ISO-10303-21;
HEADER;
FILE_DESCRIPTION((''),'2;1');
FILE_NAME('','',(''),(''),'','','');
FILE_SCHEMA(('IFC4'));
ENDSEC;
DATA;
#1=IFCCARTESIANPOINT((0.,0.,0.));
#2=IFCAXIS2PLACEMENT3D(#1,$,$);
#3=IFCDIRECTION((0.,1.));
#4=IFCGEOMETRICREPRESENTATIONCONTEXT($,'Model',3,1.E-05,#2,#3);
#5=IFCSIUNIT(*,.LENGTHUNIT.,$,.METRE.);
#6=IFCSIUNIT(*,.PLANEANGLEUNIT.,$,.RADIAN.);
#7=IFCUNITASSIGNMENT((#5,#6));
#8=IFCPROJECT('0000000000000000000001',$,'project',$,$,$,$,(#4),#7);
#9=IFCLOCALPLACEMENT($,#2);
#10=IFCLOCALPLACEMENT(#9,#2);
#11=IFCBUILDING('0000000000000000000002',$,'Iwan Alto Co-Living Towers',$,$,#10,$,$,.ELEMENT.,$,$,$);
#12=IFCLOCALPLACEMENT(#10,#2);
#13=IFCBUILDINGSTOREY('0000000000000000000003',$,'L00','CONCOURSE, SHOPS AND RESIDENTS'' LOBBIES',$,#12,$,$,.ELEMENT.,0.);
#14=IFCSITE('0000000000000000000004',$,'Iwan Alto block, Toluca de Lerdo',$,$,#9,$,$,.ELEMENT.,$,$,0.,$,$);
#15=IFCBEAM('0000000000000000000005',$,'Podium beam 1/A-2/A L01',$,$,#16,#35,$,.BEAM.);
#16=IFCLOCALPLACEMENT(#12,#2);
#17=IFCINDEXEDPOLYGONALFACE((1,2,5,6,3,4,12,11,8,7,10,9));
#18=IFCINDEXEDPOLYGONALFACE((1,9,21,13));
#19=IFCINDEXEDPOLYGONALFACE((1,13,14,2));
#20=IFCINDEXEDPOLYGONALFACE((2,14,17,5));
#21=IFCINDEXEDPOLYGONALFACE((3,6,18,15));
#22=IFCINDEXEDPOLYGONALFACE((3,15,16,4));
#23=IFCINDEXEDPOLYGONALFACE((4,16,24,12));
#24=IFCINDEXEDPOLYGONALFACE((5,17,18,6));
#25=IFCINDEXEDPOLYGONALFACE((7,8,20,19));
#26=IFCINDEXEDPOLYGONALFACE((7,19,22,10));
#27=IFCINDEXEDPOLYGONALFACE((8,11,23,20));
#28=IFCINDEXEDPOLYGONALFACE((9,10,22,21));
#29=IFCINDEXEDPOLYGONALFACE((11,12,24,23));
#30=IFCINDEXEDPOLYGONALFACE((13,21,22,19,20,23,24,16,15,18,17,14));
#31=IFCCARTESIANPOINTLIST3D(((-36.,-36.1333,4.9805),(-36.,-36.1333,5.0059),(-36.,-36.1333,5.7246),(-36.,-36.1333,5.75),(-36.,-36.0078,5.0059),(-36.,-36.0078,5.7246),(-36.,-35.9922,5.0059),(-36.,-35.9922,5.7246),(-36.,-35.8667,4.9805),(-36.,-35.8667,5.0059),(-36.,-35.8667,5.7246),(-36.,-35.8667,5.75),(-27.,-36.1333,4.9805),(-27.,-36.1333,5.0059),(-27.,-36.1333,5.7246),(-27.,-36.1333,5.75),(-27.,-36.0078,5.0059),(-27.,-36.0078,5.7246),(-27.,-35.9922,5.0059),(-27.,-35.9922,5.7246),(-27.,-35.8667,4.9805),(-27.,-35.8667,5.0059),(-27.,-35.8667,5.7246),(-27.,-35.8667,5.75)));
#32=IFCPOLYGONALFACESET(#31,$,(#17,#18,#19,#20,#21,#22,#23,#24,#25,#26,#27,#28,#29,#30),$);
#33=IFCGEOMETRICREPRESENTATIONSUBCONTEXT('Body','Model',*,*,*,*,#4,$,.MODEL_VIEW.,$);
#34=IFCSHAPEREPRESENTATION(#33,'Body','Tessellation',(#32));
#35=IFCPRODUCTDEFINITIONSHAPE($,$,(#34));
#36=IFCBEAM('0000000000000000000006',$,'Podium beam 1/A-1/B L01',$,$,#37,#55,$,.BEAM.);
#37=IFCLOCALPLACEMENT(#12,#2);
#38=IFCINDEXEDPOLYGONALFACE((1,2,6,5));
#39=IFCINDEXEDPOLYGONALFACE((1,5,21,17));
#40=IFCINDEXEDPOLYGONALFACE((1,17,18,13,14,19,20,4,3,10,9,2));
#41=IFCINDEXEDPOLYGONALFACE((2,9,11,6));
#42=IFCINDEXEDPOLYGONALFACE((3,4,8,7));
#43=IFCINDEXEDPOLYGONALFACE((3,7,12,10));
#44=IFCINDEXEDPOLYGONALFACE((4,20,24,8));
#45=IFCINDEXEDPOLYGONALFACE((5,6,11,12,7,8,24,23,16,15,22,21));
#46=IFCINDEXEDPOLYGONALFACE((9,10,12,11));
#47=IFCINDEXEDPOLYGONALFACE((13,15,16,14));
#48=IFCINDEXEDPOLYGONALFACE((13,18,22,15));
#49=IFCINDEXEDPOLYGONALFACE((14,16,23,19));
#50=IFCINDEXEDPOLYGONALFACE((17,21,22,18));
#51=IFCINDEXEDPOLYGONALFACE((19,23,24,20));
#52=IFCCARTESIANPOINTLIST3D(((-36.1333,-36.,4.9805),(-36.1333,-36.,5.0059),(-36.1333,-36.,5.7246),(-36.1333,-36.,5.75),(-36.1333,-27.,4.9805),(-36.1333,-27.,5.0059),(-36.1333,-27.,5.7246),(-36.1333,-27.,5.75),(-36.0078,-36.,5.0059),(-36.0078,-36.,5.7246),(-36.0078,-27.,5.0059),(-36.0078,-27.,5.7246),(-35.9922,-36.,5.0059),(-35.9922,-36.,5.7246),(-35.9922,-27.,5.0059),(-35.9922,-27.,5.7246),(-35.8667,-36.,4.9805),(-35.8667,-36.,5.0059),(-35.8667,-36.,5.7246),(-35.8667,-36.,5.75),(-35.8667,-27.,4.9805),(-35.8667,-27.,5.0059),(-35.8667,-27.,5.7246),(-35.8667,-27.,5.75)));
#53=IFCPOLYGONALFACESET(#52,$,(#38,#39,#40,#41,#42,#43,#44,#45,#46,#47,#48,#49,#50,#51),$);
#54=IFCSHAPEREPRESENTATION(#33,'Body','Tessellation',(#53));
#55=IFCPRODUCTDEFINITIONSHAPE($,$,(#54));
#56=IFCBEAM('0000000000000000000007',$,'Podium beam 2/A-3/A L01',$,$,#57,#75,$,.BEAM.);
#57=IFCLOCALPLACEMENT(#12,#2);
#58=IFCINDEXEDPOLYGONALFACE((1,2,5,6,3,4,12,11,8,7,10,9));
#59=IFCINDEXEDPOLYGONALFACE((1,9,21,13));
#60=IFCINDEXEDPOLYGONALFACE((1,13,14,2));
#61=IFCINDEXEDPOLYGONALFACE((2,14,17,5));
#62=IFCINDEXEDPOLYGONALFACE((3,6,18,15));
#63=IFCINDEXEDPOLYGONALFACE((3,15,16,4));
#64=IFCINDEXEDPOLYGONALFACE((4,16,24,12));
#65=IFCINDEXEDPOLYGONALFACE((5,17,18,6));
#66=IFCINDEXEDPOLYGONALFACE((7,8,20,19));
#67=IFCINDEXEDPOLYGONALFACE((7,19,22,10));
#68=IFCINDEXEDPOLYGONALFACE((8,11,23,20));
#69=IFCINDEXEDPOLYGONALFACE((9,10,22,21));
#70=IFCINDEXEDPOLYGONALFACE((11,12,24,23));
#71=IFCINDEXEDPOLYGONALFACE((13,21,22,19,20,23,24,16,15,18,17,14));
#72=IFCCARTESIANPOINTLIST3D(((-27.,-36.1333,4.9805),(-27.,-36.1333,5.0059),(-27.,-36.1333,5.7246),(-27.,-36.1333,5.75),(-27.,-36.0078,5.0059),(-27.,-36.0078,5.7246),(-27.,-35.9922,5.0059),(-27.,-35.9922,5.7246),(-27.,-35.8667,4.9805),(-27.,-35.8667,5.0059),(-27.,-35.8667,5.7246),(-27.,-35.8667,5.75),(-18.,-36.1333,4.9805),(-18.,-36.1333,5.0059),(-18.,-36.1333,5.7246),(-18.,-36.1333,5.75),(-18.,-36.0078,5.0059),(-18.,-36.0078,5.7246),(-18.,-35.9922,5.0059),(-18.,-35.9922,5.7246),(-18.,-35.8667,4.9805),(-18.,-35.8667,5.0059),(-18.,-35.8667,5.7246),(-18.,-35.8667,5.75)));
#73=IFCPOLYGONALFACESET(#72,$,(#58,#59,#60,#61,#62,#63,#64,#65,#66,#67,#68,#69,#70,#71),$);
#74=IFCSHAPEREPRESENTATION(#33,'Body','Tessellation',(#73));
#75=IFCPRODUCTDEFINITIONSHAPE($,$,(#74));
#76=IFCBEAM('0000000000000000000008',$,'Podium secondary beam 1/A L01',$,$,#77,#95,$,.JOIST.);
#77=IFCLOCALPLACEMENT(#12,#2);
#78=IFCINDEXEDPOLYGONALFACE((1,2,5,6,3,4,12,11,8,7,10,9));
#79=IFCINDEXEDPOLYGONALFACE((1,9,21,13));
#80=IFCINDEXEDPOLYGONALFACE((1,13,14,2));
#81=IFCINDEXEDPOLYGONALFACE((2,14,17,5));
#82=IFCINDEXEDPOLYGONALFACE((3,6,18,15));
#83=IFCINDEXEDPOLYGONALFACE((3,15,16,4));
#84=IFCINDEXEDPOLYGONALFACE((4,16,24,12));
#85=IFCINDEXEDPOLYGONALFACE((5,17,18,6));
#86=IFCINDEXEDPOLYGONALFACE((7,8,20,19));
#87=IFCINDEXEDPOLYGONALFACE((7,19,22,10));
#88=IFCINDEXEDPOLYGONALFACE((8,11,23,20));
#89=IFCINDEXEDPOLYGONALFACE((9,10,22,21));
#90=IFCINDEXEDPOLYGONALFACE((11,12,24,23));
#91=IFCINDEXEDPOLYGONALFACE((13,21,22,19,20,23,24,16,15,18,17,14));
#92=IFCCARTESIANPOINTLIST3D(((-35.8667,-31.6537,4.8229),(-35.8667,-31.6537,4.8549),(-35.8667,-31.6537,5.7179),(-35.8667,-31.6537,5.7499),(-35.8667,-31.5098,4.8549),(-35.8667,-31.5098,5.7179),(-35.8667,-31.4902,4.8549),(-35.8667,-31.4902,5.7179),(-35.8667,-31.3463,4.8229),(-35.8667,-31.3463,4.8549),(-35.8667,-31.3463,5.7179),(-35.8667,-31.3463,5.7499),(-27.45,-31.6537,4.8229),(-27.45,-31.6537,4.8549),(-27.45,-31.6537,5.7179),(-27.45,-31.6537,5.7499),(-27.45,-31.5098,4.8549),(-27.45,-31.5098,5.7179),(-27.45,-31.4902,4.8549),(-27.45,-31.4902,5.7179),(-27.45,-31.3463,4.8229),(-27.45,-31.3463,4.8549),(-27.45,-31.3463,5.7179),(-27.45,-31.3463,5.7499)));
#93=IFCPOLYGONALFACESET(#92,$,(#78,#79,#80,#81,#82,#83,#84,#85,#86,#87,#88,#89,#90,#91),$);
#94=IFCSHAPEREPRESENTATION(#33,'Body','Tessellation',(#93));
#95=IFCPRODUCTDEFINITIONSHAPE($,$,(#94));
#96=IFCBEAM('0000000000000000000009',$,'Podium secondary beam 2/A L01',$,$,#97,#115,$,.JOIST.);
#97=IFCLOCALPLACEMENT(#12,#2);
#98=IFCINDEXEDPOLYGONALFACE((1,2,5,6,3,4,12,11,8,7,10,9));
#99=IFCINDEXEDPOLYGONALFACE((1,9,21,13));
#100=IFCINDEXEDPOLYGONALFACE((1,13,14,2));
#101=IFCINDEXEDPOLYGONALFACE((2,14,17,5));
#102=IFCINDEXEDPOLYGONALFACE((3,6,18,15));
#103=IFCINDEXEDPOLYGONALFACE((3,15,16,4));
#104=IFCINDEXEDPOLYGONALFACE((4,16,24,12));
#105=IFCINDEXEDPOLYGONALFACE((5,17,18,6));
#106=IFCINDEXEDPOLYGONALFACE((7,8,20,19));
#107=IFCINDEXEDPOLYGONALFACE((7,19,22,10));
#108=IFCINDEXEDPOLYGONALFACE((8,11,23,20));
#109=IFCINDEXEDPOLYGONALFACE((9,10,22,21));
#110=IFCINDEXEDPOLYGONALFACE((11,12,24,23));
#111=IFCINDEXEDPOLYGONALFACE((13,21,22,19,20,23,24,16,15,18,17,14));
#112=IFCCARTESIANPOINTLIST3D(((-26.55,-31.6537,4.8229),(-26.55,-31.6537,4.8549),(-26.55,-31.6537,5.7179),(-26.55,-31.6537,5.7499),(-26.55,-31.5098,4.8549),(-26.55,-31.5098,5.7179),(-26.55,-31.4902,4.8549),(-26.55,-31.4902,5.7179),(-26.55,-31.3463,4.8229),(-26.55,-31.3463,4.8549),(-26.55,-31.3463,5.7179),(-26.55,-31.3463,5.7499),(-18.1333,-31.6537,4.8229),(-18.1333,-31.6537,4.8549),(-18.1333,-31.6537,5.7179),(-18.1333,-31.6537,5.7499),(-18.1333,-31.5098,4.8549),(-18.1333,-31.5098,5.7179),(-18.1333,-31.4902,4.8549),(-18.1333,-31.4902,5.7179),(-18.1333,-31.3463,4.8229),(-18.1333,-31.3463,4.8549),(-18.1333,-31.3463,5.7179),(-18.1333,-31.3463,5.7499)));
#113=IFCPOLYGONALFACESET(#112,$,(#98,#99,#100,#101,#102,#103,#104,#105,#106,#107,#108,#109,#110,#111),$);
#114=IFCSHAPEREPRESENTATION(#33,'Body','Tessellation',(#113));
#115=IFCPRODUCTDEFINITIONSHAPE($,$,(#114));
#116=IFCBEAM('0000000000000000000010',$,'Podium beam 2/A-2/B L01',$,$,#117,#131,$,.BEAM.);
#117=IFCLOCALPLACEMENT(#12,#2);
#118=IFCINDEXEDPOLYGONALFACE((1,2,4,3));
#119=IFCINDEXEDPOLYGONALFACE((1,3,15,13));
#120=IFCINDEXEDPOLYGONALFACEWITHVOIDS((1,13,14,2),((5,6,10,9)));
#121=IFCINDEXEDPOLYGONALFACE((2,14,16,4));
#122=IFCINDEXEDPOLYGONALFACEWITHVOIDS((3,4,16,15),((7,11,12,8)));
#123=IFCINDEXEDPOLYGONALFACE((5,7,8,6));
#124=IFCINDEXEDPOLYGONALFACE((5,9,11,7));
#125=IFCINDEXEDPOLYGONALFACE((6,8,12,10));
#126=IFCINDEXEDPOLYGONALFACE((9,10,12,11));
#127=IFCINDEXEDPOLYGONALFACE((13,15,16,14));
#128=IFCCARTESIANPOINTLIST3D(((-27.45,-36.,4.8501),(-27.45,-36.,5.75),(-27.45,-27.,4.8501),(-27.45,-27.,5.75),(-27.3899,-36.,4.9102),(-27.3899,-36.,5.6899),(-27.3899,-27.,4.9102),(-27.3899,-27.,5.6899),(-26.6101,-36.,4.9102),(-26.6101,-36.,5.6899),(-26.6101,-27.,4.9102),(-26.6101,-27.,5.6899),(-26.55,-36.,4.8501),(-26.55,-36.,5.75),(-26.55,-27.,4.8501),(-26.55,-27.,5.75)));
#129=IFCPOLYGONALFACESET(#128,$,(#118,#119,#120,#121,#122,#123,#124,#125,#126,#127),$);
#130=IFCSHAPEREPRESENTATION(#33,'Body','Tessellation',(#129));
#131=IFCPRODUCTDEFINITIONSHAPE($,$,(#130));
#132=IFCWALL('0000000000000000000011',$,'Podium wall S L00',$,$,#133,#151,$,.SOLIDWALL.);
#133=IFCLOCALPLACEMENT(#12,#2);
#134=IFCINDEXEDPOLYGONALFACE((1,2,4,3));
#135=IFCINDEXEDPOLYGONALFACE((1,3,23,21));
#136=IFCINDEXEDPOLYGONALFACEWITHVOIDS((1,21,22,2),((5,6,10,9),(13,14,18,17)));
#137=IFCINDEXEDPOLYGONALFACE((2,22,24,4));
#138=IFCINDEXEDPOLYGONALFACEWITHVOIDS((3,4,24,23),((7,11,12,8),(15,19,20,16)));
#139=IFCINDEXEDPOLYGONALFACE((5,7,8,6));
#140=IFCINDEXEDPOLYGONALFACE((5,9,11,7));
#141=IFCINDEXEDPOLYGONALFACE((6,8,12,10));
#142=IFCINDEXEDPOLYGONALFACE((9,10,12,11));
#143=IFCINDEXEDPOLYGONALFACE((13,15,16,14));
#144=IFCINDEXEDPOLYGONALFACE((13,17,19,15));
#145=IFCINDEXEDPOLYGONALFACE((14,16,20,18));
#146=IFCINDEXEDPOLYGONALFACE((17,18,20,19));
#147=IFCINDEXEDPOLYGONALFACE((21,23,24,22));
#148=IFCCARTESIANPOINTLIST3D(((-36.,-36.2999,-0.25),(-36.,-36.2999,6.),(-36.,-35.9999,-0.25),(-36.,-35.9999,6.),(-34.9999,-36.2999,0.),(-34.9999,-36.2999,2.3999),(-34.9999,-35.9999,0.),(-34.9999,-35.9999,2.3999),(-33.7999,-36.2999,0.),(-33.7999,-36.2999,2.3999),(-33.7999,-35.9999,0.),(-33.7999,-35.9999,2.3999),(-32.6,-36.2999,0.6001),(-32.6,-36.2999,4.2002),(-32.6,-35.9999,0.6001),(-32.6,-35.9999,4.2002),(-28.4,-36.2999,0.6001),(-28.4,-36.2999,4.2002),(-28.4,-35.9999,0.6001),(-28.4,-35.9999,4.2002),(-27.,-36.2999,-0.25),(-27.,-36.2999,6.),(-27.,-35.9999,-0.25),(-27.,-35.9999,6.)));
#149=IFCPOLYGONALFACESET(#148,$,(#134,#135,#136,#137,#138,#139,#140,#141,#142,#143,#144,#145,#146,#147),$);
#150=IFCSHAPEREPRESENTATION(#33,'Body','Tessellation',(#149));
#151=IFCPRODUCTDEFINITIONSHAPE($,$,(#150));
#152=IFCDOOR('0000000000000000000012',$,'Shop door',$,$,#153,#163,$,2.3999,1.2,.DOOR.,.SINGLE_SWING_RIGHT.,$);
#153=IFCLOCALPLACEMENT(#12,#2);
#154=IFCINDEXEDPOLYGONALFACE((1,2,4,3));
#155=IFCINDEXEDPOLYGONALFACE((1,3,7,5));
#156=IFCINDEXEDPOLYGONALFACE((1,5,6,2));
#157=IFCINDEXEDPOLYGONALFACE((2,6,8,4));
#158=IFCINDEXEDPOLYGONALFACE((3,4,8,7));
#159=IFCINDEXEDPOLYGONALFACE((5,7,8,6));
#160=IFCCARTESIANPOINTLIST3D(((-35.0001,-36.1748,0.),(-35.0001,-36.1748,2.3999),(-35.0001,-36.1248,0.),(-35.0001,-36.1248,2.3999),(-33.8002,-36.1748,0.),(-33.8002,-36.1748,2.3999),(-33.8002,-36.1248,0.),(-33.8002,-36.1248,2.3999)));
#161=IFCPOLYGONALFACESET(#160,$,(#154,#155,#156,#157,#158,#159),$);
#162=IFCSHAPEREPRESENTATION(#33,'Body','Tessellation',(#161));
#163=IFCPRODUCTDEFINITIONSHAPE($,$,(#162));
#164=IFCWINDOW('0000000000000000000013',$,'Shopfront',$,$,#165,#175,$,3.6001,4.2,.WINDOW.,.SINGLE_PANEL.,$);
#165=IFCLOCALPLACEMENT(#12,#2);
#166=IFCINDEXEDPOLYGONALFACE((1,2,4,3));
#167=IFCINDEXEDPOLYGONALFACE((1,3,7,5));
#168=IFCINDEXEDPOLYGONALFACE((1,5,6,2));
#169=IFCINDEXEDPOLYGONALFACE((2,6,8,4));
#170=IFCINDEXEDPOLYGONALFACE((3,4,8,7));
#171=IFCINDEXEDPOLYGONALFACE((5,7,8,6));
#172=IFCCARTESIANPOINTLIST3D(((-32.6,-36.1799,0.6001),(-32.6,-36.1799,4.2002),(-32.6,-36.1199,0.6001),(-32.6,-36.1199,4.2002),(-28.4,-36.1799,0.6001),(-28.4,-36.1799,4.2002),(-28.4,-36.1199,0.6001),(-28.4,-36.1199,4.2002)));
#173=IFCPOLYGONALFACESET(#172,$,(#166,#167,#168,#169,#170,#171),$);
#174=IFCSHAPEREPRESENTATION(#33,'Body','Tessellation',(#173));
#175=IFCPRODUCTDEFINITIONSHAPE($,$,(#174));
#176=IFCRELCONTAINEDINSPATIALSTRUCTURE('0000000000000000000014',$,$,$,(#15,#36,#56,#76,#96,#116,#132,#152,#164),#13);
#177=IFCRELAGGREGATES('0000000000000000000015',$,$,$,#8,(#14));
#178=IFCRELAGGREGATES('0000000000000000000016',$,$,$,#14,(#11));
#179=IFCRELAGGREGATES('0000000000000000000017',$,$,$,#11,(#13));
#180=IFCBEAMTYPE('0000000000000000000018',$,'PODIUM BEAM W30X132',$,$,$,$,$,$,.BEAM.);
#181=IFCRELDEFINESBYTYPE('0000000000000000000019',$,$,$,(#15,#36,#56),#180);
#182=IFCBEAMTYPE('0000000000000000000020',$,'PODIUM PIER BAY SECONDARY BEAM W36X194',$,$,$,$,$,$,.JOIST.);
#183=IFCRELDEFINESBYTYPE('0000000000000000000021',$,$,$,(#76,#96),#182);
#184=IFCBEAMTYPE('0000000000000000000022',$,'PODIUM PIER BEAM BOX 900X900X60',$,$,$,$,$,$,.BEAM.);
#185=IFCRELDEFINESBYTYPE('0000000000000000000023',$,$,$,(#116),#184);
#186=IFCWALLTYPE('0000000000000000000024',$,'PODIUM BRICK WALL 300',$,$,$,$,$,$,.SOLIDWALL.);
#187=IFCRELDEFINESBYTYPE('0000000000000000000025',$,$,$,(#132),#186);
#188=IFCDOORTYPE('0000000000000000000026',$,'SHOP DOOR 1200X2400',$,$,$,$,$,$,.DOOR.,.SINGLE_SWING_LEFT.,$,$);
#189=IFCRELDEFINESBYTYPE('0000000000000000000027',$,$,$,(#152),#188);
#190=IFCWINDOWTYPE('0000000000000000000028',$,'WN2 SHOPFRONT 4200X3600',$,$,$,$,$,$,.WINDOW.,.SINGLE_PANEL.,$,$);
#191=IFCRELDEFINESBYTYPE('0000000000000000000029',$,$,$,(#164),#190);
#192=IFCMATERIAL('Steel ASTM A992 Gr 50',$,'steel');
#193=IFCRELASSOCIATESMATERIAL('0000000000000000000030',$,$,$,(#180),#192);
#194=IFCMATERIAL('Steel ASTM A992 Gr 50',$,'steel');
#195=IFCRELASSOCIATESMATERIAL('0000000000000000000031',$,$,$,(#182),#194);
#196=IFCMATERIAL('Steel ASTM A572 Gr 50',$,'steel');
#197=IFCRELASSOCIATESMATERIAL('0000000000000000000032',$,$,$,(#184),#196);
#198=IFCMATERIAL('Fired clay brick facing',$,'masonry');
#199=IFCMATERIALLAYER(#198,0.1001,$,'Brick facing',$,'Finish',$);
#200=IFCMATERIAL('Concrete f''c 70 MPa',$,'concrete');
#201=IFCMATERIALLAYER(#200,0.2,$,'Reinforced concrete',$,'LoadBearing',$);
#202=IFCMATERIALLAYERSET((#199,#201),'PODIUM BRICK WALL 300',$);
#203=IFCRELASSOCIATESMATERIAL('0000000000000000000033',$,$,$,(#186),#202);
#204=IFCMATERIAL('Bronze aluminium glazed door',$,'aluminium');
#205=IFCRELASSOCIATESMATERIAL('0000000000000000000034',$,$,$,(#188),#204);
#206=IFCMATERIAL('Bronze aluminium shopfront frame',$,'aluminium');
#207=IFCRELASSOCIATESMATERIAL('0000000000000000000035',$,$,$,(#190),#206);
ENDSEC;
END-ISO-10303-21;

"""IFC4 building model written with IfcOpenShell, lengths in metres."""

from ifc_helpers import new_model, si_unit, direction, frame, frame_2d, origin, origin_2d, place, context, subcontext, project, spatial, rectangle, hollow_rectangle, i_section, extrude, material, layer, layer_set, material_profile, profile_set, type_object, element, fill, save


model = new_model("IFC4")

# Units and contexts
model_context = context("Model", 3, precision=1e-05, world=origin(), true_north=direction((0.0, 1.0)))
body_context = subcontext(model_context, "Body", "Model", "MODEL_VIEW")
ifc_project = project(units=[si_unit("LENGTHUNIT", "METRE"), si_unit("PLANEANGLEUNIT", "RADIAN")], contexts=[model_context])

# Site, building, storey
site_placement = place(None, origin())
site = spatial("IfcSite", under=ifc_project, at=site_placement, Name="Iwan Alto block, Toluca de Lerdo", CompositionType="ELEMENT", RefElevation=0.0)
building_placement = place(site_placement, origin())
building = spatial("IfcBuilding", under=site, at=building_placement, Name="Iwan Alto Co-Living Towers", CompositionType="ELEMENT")
storey_placement = place(building_placement, origin())
storey = spatial("IfcBuildingStorey", under=building, at=storey_placement, Name="L00", Description="CONCOURSE, SHOPS AND RESIDENTS' LOBBIES", CompositionType="ELEMENT", Elevation=0.0)

# Beams
ifc_material_1 = material(Name="Steel ASTM A992 Gr 50", Category="steel")
ifc_material_profile_1 = material_profile(ifc_material_1, i_section(OverallWidth=0.2666, OverallDepth=0.7695, WebThickness=0.0156, FlangeThickness=0.0254, at=origin_2d()), Name="W30X132")
ifc_profile_set_1 = profile_set([ifc_material_profile_1], Name="Steel ASTM A992 Gr 50")
beam_type_1 = type_object("IfcBeamType", Name="PODIUM BEAM W30X132", PredefinedType="BEAM", material=ifc_profile_set_1)
for number, where, z_axis, x_axis, name in (
    (1, (-36.0, -36.0, 5.3652), (1.0, 0.0, 0.0), (0.0, 1.0, 0.0), "Podium beam 1/A-2/A L01"),
    (2, (-36.0, -36.0, 5.3652), (0.0, 1.0, 0.0), (-1.0, 0.0, 0.0), "Podium beam 1/A-1/B L01"),
    (3, (-27.0, -36.0, 5.3652), (1.0, 0.0, 0.0), (0.0, 1.0, 0.0), "Podium beam 2/A-3/A L01"),
):
    element("IfcBeam", number, at=place(storey_placement, frame(where, z_axis=z_axis, x_axis=x_axis)), inside=storey, type_object=beam_type_1, Name=name, PredefinedType="BEAM", context=body_context, shape_type="SweptSolid", body=[
        extrude(i_section(OverallWidth=0.2666, OverallDepth=0.7695, WebThickness=0.0156, FlangeThickness=0.0254, at=origin_2d()), origin(), (0.0, 0.0, 1.0), 9.0),
    ])
ifc_material_2 = material(Name="Steel ASTM A992 Gr 50", Category="steel")
ifc_material_profile_2 = material_profile(ifc_material_2, i_section(OverallWidth=0.3074, OverallDepth=0.927, WebThickness=0.0195, FlangeThickness=0.032, at=origin_2d()), Name="W36X194")
ifc_profile_set_2 = profile_set([ifc_material_profile_2], Name="Steel ASTM A992 Gr 50")
beam_type_2 = type_object("IfcBeamType", Name="PODIUM PIER BAY SECONDARY BEAM W36X194", PredefinedType="JOIST", material=ifc_profile_set_2)
for number, where, z_axis, x_axis, name in (
    (4, (-35.8667, -31.5, 5.2864), (1.0, 0.0, 0.0), (0.0, 1.0, 0.0), "Podium secondary beam 1/A L01"),
    (5, (-26.55, -31.5, 5.2864), (1.0, 0.0, 0.0), (0.0, 1.0, 0.0), "Podium secondary beam 2/A L01"),
):
    element("IfcBeam", number, at=place(storey_placement, frame(where, z_axis=z_axis, x_axis=x_axis)), inside=storey, type_object=beam_type_2, Name=name, PredefinedType="JOIST", context=body_context, shape_type="SweptSolid", body=[
        extrude(i_section(OverallWidth=0.3074, OverallDepth=0.927, WebThickness=0.0195, FlangeThickness=0.032, at=origin_2d()), origin(), (0.0, 0.0, 1.0), 8.4167),
    ])
ifc_material_3 = material(Name="Steel ASTM A572 Gr 50", Category="steel")
ifc_material_profile_3 = material_profile(ifc_material_3, hollow_rectangle(XDim=0.8999, YDim=0.8999, WallThickness=0.0601, at=origin_2d()), Name="BOX 900X900X60")
ifc_profile_set_3 = profile_set([ifc_material_profile_3], Name="Steel ASTM A572 Gr 50")
beam_type_3 = type_object("IfcBeamType", Name="PODIUM PIER BEAM BOX 900X900X60", PredefinedType="BEAM", material=ifc_profile_set_3)
beam_placement = place(storey_placement, frame((-27.0, -36.0, 5.3), z_axis=(0.0, 1.0, 0.0), x_axis=(-1.0, 0.0, 0.0)))
element("IfcBeam", 6, at=beam_placement, inside=storey, type_object=beam_type_3, Name="Podium beam 2/A-2/B L01", PredefinedType="BEAM", context=body_context, shape_type="SweptSolid", body=[
    extrude(hollow_rectangle(XDim=0.8999, YDim=0.8999, WallThickness=0.0601, at=origin_2d()), origin(), (0.0, 0.0, 1.0), 9.0),
])

# Wall, openings, door, window
ifc_material_4 = material(Name="Fired clay brick facing", Category="masonry")
ifc_layer_1 = layer(ifc_material_4, 0.1001, Name="Brick facing", Category="Finish")
ifc_material_5 = material(Name="Concrete f'c 70 MPa", Category="concrete")
ifc_layer_2 = layer(ifc_material_5, 0.2, Name="Reinforced concrete", Category="LoadBearing")
ifc_layer_set_1 = layer_set([ifc_layer_1, ifc_layer_2], Name="PODIUM BRICK WALL 300")
wall_type_1 = type_object("IfcWallType", Name="PODIUM BRICK WALL 300", PredefinedType="SOLIDWALL", material=ifc_layer_set_1)
wall_1_placement = place(storey_placement, frame((-36.0, -36.1499, -0.25), z_axis=(0.0, 0.0, 1.0), x_axis=(1.0, 0.0, 0.0)))
wall_1 = element("IfcWall", 7, at=wall_1_placement, inside=storey, type_object=wall_type_1, Name="Podium wall S L00", PredefinedType="SOLIDWALL", context=body_context, shape_type="SweptSolid", body=[
    extrude(rectangle(XDim=9.0, YDim=0.3, at=frame_2d((4.5, 0.0))), origin(), (0.0, 0.0, 1.0), 6.25),
])
opening_1_placement = place(wall_1_placement, frame((1.0, 0.0, 0.25)))
opening_1 = element("IfcOpeningElement", 8, at=opening_1_placement, cuts=wall_1, PredefinedType="OPENING", context=body_context, shape_type="SweptSolid", body=[
    extrude(rectangle(XDim=1.2, YDim=2.3999, at=frame_2d((0.6001, 1.2))), frame((0.0, 0.1599, 0.0), z_axis=(0.0, -1.0, 0.0), x_axis=(1.0, 0.0, 0.0)), (0.0, 0.0, 1.0), 0.3201),
])
opening_2_placement = place(wall_1_placement, frame((3.3999, 0.0, 0.8501)))
opening_2 = element("IfcOpeningElement", 9, at=opening_2_placement, cuts=wall_1, PredefinedType="OPENING", context=body_context, shape_type="SweptSolid", body=[
    extrude(rectangle(XDim=4.2, YDim=3.6001, at=frame_2d((2.1001, 1.8))), frame((0.0, 0.1599, 0.0), z_axis=(0.0, -1.0, 0.0), x_axis=(1.0, 0.0, 0.0)), (0.0, 0.0, 1.0), 0.3201),
])
ifc_material_6 = material(Name="Bronze aluminium glazed door", Category="aluminium")
door_type = type_object("IfcDoorType", Name="SHOP DOOR 1200X2400", OperationType="SINGLE_SWING_LEFT", PredefinedType="DOOR", material=ifc_material_6)
door_1_placement = place(opening_1_placement, frame((1.2, 0.0, 0.0), z_axis=(0.0, 0.0, 1.0), x_axis=(-1.0, 0.0, 0.0)))
door_1 = element("IfcDoor", 10, at=door_1_placement, inside=storey, type_object=door_type, Name="Shop door", OperationType="SINGLE_SWING_RIGHT", OverallHeight=2.3999, OverallWidth=1.2, PredefinedType="DOOR", context=body_context, shape_type="SweptSolid", body=[
    extrude(rectangle(XDim=1.2, YDim=2.3999, at=frame_2d((0.6001, 1.2))), frame((0.0, 0.0249, 0.0), z_axis=(0.0, -1.0, 0.0), x_axis=(1.0, 0.0, 0.0)), (0.0, 0.0, 1.0), 0.05),
])
fill(opening_1, door_1)
ifc_material_7 = material(Name="Bronze aluminium shopfront frame", Category="aluminium")
window_type = type_object("IfcWindowType", Name="WN2 SHOPFRONT 4200X3600", PartitioningType="SINGLE_PANEL", PredefinedType="WINDOW", material=ifc_material_7)
window_1_placement = place(opening_2_placement, origin())
window_1 = element("IfcWindow", 11, at=window_1_placement, inside=storey, type_object=window_type, Name="Shopfront", OverallHeight=3.6001, OverallWidth=4.2, PartitioningType="SINGLE_PANEL", PredefinedType="WINDOW", context=body_context, shape_type="SweptSolid", body=[
    extrude(rectangle(XDim=4.2, YDim=3.6001, at=frame_2d((2.1001, 1.8))), frame((0.0, 0.03, 0.0), z_axis=(0.0, -1.0, 0.0), x_axis=(1.0, 0.0, 0.0)), (0.0, 0.0, 1.0), 0.0601),
])
fill(opening_2, window_1)

save(model, "model.ifc")
